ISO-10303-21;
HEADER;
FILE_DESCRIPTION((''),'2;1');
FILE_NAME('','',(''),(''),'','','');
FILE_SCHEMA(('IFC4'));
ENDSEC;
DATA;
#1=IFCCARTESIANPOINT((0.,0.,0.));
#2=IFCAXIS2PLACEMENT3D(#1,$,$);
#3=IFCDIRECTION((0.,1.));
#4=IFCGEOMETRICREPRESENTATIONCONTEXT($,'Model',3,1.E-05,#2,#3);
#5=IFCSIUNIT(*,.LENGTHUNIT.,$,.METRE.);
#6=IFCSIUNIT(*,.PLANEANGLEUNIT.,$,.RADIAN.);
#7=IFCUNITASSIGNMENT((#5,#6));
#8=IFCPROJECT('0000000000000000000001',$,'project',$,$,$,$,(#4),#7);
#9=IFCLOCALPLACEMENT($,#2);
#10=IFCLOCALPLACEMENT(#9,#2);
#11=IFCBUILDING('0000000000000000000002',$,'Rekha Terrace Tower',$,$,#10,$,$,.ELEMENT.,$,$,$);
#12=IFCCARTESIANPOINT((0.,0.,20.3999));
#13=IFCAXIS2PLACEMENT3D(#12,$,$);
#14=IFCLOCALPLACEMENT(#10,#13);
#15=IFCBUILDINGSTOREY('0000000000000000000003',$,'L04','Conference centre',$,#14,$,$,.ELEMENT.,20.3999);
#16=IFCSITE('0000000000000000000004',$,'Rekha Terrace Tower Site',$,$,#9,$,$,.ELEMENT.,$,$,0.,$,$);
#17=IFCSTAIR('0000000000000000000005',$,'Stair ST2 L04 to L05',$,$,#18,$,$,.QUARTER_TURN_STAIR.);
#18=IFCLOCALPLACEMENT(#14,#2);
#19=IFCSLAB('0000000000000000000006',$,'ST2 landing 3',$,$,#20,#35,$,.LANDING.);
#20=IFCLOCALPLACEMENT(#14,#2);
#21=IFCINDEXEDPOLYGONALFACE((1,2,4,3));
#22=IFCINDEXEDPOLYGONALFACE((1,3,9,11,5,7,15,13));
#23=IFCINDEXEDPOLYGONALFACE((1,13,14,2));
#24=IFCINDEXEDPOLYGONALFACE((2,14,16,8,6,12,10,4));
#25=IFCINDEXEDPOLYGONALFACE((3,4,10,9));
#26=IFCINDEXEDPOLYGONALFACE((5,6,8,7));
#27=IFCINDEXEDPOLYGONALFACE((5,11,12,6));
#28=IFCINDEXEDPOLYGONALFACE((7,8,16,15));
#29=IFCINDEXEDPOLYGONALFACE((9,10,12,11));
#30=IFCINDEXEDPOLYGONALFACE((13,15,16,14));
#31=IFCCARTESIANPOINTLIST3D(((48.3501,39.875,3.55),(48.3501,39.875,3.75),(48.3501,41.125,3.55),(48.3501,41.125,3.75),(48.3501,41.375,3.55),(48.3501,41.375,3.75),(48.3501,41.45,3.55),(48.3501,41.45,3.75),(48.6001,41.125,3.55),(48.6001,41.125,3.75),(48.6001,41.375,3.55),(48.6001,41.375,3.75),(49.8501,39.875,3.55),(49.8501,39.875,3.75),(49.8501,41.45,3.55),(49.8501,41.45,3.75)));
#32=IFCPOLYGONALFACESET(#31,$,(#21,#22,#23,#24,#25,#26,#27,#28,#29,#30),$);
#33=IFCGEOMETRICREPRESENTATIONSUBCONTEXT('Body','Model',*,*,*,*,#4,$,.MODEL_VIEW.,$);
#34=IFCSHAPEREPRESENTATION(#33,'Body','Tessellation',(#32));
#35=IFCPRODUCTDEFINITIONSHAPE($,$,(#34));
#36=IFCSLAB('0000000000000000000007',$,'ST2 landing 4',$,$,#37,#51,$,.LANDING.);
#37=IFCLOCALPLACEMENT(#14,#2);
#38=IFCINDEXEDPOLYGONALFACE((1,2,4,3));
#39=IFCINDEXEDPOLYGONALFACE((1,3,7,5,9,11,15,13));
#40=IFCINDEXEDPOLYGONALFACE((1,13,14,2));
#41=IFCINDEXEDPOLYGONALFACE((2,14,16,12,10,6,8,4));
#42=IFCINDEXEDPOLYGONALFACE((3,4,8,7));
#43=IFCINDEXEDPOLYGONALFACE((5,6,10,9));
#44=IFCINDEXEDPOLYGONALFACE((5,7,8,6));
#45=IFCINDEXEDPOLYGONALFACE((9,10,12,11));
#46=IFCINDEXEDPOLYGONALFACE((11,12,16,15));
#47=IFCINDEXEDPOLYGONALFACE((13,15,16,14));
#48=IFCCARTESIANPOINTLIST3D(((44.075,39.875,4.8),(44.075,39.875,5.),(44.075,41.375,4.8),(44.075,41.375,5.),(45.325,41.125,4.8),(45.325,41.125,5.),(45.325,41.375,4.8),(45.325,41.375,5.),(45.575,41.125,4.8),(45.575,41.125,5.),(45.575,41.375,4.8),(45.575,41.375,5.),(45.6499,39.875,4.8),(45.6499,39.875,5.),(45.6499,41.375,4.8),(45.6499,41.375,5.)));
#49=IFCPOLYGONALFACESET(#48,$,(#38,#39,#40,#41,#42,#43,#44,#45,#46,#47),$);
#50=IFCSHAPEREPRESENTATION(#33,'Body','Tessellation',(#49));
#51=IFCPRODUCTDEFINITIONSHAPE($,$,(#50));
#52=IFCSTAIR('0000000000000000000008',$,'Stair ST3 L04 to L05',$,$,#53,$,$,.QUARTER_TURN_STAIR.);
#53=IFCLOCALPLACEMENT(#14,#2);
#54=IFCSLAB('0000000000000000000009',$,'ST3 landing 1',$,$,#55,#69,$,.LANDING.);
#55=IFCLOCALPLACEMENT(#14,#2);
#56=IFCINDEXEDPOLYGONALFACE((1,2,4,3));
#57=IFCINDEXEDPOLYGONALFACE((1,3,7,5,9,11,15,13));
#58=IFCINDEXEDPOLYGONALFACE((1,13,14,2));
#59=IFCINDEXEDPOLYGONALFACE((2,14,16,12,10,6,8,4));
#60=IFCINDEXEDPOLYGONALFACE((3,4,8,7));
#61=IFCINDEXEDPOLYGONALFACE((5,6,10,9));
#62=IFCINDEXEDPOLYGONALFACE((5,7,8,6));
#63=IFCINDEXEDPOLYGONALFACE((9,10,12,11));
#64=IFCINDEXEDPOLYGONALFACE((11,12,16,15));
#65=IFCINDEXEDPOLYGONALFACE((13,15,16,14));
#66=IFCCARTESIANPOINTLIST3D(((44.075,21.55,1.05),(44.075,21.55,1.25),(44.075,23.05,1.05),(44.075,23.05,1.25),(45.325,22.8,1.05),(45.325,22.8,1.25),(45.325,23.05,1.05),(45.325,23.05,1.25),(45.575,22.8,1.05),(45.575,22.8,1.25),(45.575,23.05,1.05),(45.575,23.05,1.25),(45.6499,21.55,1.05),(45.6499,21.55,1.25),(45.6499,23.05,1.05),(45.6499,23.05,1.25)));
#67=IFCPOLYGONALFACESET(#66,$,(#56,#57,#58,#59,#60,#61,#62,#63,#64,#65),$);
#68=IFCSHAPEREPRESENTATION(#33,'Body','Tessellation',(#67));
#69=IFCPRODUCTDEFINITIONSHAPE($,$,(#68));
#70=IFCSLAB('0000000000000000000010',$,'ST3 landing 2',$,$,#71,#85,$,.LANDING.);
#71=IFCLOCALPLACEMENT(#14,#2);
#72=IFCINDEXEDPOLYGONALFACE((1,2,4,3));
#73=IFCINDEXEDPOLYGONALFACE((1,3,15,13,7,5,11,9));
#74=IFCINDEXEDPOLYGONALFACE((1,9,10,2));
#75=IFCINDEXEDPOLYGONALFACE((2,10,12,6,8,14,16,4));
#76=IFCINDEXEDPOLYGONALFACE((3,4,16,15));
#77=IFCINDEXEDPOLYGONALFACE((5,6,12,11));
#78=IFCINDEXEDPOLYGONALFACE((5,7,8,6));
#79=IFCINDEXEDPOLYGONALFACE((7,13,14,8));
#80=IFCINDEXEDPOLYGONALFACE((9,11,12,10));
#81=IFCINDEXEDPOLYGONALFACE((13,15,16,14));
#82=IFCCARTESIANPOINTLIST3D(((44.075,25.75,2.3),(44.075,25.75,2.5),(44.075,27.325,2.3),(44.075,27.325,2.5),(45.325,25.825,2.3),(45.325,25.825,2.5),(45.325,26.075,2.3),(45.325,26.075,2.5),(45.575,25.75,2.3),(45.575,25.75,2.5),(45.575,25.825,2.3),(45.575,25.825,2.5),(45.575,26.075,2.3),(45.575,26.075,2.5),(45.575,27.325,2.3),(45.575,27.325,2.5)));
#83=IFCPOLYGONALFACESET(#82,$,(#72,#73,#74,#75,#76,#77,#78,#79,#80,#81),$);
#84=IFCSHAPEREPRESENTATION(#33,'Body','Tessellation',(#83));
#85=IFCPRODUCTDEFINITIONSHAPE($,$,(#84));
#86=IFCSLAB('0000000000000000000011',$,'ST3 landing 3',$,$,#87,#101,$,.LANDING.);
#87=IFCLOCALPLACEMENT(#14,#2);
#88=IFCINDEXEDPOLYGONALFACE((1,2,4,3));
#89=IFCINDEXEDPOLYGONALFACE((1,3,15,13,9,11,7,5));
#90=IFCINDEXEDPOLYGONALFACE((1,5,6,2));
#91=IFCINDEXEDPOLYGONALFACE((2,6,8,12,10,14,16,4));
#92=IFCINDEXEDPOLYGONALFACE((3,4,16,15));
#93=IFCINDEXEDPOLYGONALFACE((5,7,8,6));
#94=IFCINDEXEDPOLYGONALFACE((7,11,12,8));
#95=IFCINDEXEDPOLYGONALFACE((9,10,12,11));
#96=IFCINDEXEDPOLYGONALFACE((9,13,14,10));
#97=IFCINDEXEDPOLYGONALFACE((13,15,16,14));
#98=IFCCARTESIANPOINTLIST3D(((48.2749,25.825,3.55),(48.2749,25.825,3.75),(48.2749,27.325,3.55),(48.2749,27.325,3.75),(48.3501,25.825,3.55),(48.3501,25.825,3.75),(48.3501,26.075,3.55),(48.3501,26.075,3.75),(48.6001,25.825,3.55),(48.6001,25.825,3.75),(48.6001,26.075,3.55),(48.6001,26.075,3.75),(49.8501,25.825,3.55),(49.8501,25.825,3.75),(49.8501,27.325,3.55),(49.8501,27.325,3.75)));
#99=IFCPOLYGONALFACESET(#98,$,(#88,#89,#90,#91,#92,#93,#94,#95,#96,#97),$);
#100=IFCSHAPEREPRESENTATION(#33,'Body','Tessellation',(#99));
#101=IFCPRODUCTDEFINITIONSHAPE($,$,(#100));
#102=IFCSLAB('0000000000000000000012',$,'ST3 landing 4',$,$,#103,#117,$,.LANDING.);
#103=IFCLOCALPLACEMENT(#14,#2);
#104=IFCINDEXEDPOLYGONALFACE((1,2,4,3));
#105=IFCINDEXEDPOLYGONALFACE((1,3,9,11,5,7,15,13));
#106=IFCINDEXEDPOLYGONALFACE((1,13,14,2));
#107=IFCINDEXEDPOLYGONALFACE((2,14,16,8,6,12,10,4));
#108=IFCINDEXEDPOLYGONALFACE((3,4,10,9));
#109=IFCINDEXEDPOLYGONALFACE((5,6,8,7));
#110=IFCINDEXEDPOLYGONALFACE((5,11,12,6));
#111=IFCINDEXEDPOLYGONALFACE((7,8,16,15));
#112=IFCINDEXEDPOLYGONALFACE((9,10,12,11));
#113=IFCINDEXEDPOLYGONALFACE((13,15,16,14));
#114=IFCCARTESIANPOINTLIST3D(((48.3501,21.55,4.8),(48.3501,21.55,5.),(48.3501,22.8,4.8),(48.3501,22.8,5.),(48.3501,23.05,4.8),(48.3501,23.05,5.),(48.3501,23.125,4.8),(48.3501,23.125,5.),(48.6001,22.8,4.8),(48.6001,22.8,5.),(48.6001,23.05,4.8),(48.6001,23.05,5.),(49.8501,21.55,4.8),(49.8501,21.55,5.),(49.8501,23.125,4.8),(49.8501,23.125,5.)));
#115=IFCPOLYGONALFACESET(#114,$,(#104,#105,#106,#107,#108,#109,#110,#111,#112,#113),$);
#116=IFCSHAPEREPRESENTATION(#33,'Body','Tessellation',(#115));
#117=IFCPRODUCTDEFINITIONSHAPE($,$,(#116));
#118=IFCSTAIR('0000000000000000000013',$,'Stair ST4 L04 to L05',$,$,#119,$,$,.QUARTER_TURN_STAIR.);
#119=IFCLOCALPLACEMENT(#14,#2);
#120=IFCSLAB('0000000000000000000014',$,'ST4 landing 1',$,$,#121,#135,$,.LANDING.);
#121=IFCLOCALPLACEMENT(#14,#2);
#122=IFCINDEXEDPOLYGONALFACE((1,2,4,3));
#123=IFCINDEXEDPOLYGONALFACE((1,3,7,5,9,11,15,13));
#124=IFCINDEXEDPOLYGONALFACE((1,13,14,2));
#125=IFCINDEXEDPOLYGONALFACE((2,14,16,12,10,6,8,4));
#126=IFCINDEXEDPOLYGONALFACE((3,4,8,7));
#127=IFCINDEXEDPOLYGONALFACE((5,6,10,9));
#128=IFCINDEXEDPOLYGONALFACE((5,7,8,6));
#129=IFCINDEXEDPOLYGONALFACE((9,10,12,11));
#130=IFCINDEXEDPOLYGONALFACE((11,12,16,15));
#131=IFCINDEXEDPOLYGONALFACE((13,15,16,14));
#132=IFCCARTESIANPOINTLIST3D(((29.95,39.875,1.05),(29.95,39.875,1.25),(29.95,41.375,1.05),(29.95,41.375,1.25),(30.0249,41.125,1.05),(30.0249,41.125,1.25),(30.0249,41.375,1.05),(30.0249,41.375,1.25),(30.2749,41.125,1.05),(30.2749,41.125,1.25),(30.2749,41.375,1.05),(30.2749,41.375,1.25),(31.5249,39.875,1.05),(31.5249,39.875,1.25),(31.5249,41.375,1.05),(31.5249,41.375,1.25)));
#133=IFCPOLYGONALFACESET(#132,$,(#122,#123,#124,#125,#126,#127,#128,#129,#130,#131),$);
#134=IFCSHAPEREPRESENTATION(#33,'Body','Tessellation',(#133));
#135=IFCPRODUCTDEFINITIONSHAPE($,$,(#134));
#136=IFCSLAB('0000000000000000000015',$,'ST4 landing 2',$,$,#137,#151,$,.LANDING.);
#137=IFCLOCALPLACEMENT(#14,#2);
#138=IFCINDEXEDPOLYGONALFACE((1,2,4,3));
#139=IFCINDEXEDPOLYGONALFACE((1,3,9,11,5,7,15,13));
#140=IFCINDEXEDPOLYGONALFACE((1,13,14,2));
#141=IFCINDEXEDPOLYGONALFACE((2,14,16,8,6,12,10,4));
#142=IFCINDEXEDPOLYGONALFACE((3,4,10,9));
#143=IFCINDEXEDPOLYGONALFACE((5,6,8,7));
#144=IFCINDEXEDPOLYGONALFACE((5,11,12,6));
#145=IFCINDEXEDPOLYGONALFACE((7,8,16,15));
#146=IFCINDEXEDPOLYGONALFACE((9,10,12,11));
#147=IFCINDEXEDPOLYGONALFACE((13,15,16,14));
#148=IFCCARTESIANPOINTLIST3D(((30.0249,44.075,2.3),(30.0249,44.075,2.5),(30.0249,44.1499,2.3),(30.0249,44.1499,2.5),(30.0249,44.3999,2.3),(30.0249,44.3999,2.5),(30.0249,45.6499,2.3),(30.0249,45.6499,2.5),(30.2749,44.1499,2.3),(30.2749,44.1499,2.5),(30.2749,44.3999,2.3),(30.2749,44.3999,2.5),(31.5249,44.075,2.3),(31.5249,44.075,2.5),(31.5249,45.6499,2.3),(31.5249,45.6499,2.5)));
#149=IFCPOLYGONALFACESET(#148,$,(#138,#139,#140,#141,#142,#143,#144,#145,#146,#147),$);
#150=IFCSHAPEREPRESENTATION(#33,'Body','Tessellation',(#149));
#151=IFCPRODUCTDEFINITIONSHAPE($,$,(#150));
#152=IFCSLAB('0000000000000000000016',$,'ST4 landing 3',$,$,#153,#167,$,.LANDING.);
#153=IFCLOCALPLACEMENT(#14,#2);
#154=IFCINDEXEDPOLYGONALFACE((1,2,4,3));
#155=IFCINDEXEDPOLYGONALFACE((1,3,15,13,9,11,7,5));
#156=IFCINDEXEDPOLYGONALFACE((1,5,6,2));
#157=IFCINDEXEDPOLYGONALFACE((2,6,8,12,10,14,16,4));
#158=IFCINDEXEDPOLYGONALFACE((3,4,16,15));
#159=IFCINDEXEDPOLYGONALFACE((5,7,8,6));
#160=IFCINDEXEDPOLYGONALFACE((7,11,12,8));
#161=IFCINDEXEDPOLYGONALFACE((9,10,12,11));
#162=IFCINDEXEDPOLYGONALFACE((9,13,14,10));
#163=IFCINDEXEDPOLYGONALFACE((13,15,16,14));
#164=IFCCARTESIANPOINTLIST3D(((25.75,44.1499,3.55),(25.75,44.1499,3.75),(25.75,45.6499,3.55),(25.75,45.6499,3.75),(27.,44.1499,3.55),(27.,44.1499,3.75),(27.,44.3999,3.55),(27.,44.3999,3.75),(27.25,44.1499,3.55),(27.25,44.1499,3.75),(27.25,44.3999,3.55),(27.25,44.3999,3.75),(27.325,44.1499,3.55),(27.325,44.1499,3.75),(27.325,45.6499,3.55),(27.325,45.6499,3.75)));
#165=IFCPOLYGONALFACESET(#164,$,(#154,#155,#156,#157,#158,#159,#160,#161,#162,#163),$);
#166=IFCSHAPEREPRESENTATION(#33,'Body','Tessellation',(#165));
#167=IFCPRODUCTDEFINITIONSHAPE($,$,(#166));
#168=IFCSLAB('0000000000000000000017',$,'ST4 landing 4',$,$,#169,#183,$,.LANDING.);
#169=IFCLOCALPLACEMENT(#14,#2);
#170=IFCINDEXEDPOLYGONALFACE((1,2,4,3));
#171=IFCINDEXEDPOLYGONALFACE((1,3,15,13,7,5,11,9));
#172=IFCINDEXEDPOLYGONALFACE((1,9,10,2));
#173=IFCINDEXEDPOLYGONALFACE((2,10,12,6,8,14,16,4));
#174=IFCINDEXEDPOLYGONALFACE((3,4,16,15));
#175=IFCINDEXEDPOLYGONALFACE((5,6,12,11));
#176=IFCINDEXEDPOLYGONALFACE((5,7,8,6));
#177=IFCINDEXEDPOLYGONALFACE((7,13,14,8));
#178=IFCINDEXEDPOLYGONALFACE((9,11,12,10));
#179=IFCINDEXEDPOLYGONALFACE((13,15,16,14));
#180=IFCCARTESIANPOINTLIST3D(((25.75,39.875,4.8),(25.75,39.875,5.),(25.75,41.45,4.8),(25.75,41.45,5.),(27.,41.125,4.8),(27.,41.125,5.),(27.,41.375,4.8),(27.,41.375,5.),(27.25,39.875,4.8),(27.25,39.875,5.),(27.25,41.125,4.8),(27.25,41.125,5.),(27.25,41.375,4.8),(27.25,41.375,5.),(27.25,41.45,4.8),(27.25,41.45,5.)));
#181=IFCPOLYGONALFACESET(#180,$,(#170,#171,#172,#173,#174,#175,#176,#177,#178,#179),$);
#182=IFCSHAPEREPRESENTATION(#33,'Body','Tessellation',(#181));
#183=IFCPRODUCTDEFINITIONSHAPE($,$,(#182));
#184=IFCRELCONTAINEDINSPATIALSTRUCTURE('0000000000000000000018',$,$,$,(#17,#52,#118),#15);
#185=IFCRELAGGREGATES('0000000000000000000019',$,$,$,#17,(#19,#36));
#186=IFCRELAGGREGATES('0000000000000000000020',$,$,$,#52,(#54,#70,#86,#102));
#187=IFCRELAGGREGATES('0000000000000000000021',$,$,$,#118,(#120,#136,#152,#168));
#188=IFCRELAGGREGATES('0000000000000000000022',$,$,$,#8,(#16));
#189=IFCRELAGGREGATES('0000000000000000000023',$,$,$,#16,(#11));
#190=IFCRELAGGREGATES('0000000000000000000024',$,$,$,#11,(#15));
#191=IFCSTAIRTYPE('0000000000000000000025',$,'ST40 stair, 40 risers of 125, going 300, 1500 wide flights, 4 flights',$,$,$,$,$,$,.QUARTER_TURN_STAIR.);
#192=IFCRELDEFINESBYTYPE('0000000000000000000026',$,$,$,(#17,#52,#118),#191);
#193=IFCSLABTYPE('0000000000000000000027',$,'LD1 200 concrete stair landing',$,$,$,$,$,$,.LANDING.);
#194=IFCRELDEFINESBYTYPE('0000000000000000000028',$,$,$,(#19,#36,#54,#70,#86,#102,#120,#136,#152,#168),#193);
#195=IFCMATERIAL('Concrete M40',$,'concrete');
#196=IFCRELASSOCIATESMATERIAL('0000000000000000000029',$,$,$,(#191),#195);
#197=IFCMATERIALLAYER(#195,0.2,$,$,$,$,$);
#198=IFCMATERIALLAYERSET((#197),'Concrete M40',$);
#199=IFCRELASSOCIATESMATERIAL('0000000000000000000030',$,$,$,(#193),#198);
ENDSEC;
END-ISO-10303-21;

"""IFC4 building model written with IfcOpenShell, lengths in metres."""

from ifc_helpers import new_model, si_unit, direction, frame, origin, place, context, subcontext, project, spatial, polyline, outline, extrude, material, layer, layer_set, type_object, element, aggregate, save


model = new_model("IFC4")

# Units and contexts
model_context = context("Model", 3, precision=1e-05, world=origin(), true_north=direction((0.0, 1.0)))
body_context = subcontext(model_context, "Body", "Model", "MODEL_VIEW")
ifc_project = project(units=[si_unit("LENGTHUNIT", "METRE"), si_unit("PLANEANGLEUNIT", "RADIAN")], contexts=[model_context])

# Site, building, storey
site_placement = place(None, origin())
site = spatial("IfcSite", under=ifc_project, at=site_placement, Name="Rekha Terrace Tower Site", CompositionType="ELEMENT", RefElevation=0.0)
building_placement = place(site_placement, origin())
building = spatial("IfcBuilding", under=site, at=building_placement, Name="Rekha Terrace Tower", CompositionType="ELEMENT")
storey_placement = place(building_placement, frame((0.0, 0.0, 20.3999)))
storey = spatial("IfcBuildingStorey", under=building, at=storey_placement, Name="L04", Description="Conference centre", CompositionType="ELEMENT", Elevation=20.3999)

# Stairs, slabs
ifc_material_1 = material(Name="Concrete M40", Category="concrete")
stair_type = type_object("IfcStairType", Name="ST40 stair, 40 risers of 125, going 300, 1500 wide flights, 4 flights", PredefinedType="QUARTER_TURN_STAIR", material=ifc_material_1)
ifc_layer_1 = layer(ifc_material_1, 0.2)
ifc_layer_set_1 = layer_set([ifc_layer_1], Name="Concrete M40")
slab_type_1 = type_object("IfcSlabType", Name="LD1 200 concrete stair landing", PredefinedType="LANDING", material=ifc_layer_set_1)
stair_1_placement = place(storey_placement, origin())
stair_1 = element("IfcStair", 1, at=stair_1_placement, inside=storey, type_object=stair_type, Name="Stair ST2 L04 to L05", PredefinedType="QUARTER_TURN_STAIR")
slab_1_placement = place(storey_placement, frame((0.0, 0.0, 3.55)))
slab_1 = element("IfcSlab", 2, at=slab_1_placement, type_object=slab_type_1, Name="ST2 landing 3", PredefinedType="LANDING", context=body_context, shape_type="SweptSolid", body=[
    extrude(outline(polyline([(48.3501, 39.875), (49.8501, 39.875), (49.8501, 41.45), (48.3501, 41.45), (48.3501, 41.375), (48.6001, 41.375), (48.6001, 41.125), (48.3501, 41.125), (48.3501, 39.875)])), origin(), (0.0, 0.0, 1.0), 0.2),
])
slab_2_placement = place(storey_placement, frame((0.0, 0.0, 4.8)))
slab_2 = element("IfcSlab", 3, at=slab_2_placement, type_object=slab_type_1, Name="ST2 landing 4", PredefinedType="LANDING", context=body_context, shape_type="SweptSolid", body=[
    extrude(outline(polyline([(44.075, 41.375), (44.075, 39.875), (45.6499, 39.875), (45.6499, 41.375), (45.575, 41.375), (45.575, 41.125), (45.325, 41.125), (45.325, 41.375), (44.075, 41.375)])), origin(), (0.0, 0.0, 1.0), 0.2),
])
aggregate(stair_1, [slab_1, slab_2])
stair_2_placement = place(storey_placement, origin())
stair_2 = element("IfcStair", 4, at=stair_2_placement, inside=storey, type_object=stair_type, Name="Stair ST3 L04 to L05", PredefinedType="QUARTER_TURN_STAIR")
slab_3_placement = place(storey_placement, frame((0.0, 0.0, 1.05)))
slab_3 = element("IfcSlab", 5, at=slab_3_placement, type_object=slab_type_1, Name="ST3 landing 1", PredefinedType="LANDING", context=body_context, shape_type="SweptSolid", body=[
    extrude(outline(polyline([(44.075, 23.05), (44.075, 21.55), (45.6499, 21.55), (45.6499, 23.05), (45.575, 23.05), (45.575, 22.8), (45.325, 22.8), (45.325, 23.05), (44.075, 23.05)])), origin(), (0.0, 0.0, 1.0), 0.2),
])
slab_4_placement = place(storey_placement, frame((0.0, 0.0, 2.3)))
slab_4 = element("IfcSlab", 6, at=slab_4_placement, type_object=slab_type_1, Name="ST3 landing 2", PredefinedType="LANDING", context=body_context, shape_type="SweptSolid", body=[
    extrude(outline(polyline([(45.575, 27.325), (44.075, 27.325), (44.075, 25.75), (45.575, 25.75), (45.575, 25.825), (45.325, 25.825), (45.325, 26.075), (45.575, 26.075), (45.575, 27.325)])), origin(), (0.0, 0.0, 1.0), 0.2),
])
slab_5_placement = place(storey_placement, frame((0.0, 0.0, 3.55)))
slab_5 = element("IfcSlab", 7, at=slab_5_placement, type_object=slab_type_1, Name="ST3 landing 3", PredefinedType="LANDING", context=body_context, shape_type="SweptSolid", body=[
    extrude(outline(polyline([(49.8501, 25.825), (49.8501, 27.325), (48.2749, 27.325), (48.2749, 25.825), (48.3501, 25.825), (48.3501, 26.075), (48.6001, 26.075), (48.6001, 25.825), (49.8501, 25.825)])), origin(), (0.0, 0.0, 1.0), 0.2),
])
slab_6_placement = place(storey_placement, frame((0.0, 0.0, 4.8)))
slab_6 = element("IfcSlab", 8, at=slab_6_placement, type_object=slab_type_1, Name="ST3 landing 4", PredefinedType="LANDING", context=body_context, shape_type="SweptSolid", body=[
    extrude(outline(polyline([(48.3501, 21.55), (49.8501, 21.55), (49.8501, 23.125), (48.3501, 23.125), (48.3501, 23.05), (48.6001, 23.05), (48.6001, 22.8), (48.3501, 22.8), (48.3501, 21.55)])), origin(), (0.0, 0.0, 1.0), 0.2),
])
aggregate(stair_2, [slab_3, slab_4, slab_5, slab_6])
stair_3_placement = place(storey_placement, origin())
stair_3 = element("IfcStair", 9, at=stair_3_placement, inside=storey, type_object=stair_type, Name="Stair ST4 L04 to L05", PredefinedType="QUARTER_TURN_STAIR")
slab_7_placement = place(storey_placement, frame((0.0, 0.0, 1.05)))
slab_7 = element("IfcSlab", 10, at=slab_7_placement, type_object=slab_type_1, Name="ST4 landing 1", PredefinedType="LANDING", context=body_context, shape_type="SweptSolid", body=[
    extrude(outline(polyline([(31.5249, 41.375), (31.5249, 39.875), (29.95, 39.875), (29.95, 41.375), (30.0249, 41.375), (30.0249, 41.125), (30.2749, 41.125), (30.2749, 41.375), (31.5249, 41.375)])), origin(), (0.0, 0.0, 1.0), 0.2),
])
slab_8_placement = place(storey_placement, frame((0.0, 0.0, 2.3)))
slab_8 = element("IfcSlab", 11, at=slab_8_placement, type_object=slab_type_1, Name="ST4 landing 2", PredefinedType="LANDING", context=body_context, shape_type="SweptSolid", body=[
    extrude(outline(polyline([(30.0249, 45.6499), (31.5249, 45.6499), (31.5249, 44.075), (30.0249, 44.075), (30.0249, 44.1499), (30.2749, 44.1499), (30.2749, 44.3999), (30.0249, 44.3999), (30.0249, 45.6499)])), origin(), (0.0, 0.0, 1.0), 0.2),
])
slab_9_placement = place(storey_placement, frame((0.0, 0.0, 3.55)))
slab_9 = element("IfcSlab", 12, at=slab_9_placement, type_object=slab_type_1, Name="ST4 landing 3", PredefinedType="LANDING", context=body_context, shape_type="SweptSolid", body=[
    extrude(outline(polyline([(25.75, 44.1499), (25.75, 45.6499), (27.325, 45.6499), (27.325, 44.1499), (27.25, 44.1499), (27.25, 44.3999), (27.0, 44.3999), (27.0, 44.1499), (25.75, 44.1499)])), origin(), (0.0, 0.0, 1.0), 0.2),
])
slab_10_placement = place(storey_placement, frame((0.0, 0.0, 4.8)))
slab_10 = element("IfcSlab", 13, at=slab_10_placement, type_object=slab_type_1, Name="ST4 landing 4", PredefinedType="LANDING", context=body_context, shape_type="SweptSolid", body=[
    extrude(outline(polyline([(27.25, 39.875), (25.75, 39.875), (25.75, 41.45), (27.25, 41.45), (27.25, 41.375), (27.0, 41.375), (27.0, 41.125), (27.25, 41.125), (27.25, 39.875)])), origin(), (0.0, 0.0, 1.0), 0.2),
])
aggregate(stair_3, [slab_7, slab_8, slab_9, slab_10])

save(model, "model.ifc")
